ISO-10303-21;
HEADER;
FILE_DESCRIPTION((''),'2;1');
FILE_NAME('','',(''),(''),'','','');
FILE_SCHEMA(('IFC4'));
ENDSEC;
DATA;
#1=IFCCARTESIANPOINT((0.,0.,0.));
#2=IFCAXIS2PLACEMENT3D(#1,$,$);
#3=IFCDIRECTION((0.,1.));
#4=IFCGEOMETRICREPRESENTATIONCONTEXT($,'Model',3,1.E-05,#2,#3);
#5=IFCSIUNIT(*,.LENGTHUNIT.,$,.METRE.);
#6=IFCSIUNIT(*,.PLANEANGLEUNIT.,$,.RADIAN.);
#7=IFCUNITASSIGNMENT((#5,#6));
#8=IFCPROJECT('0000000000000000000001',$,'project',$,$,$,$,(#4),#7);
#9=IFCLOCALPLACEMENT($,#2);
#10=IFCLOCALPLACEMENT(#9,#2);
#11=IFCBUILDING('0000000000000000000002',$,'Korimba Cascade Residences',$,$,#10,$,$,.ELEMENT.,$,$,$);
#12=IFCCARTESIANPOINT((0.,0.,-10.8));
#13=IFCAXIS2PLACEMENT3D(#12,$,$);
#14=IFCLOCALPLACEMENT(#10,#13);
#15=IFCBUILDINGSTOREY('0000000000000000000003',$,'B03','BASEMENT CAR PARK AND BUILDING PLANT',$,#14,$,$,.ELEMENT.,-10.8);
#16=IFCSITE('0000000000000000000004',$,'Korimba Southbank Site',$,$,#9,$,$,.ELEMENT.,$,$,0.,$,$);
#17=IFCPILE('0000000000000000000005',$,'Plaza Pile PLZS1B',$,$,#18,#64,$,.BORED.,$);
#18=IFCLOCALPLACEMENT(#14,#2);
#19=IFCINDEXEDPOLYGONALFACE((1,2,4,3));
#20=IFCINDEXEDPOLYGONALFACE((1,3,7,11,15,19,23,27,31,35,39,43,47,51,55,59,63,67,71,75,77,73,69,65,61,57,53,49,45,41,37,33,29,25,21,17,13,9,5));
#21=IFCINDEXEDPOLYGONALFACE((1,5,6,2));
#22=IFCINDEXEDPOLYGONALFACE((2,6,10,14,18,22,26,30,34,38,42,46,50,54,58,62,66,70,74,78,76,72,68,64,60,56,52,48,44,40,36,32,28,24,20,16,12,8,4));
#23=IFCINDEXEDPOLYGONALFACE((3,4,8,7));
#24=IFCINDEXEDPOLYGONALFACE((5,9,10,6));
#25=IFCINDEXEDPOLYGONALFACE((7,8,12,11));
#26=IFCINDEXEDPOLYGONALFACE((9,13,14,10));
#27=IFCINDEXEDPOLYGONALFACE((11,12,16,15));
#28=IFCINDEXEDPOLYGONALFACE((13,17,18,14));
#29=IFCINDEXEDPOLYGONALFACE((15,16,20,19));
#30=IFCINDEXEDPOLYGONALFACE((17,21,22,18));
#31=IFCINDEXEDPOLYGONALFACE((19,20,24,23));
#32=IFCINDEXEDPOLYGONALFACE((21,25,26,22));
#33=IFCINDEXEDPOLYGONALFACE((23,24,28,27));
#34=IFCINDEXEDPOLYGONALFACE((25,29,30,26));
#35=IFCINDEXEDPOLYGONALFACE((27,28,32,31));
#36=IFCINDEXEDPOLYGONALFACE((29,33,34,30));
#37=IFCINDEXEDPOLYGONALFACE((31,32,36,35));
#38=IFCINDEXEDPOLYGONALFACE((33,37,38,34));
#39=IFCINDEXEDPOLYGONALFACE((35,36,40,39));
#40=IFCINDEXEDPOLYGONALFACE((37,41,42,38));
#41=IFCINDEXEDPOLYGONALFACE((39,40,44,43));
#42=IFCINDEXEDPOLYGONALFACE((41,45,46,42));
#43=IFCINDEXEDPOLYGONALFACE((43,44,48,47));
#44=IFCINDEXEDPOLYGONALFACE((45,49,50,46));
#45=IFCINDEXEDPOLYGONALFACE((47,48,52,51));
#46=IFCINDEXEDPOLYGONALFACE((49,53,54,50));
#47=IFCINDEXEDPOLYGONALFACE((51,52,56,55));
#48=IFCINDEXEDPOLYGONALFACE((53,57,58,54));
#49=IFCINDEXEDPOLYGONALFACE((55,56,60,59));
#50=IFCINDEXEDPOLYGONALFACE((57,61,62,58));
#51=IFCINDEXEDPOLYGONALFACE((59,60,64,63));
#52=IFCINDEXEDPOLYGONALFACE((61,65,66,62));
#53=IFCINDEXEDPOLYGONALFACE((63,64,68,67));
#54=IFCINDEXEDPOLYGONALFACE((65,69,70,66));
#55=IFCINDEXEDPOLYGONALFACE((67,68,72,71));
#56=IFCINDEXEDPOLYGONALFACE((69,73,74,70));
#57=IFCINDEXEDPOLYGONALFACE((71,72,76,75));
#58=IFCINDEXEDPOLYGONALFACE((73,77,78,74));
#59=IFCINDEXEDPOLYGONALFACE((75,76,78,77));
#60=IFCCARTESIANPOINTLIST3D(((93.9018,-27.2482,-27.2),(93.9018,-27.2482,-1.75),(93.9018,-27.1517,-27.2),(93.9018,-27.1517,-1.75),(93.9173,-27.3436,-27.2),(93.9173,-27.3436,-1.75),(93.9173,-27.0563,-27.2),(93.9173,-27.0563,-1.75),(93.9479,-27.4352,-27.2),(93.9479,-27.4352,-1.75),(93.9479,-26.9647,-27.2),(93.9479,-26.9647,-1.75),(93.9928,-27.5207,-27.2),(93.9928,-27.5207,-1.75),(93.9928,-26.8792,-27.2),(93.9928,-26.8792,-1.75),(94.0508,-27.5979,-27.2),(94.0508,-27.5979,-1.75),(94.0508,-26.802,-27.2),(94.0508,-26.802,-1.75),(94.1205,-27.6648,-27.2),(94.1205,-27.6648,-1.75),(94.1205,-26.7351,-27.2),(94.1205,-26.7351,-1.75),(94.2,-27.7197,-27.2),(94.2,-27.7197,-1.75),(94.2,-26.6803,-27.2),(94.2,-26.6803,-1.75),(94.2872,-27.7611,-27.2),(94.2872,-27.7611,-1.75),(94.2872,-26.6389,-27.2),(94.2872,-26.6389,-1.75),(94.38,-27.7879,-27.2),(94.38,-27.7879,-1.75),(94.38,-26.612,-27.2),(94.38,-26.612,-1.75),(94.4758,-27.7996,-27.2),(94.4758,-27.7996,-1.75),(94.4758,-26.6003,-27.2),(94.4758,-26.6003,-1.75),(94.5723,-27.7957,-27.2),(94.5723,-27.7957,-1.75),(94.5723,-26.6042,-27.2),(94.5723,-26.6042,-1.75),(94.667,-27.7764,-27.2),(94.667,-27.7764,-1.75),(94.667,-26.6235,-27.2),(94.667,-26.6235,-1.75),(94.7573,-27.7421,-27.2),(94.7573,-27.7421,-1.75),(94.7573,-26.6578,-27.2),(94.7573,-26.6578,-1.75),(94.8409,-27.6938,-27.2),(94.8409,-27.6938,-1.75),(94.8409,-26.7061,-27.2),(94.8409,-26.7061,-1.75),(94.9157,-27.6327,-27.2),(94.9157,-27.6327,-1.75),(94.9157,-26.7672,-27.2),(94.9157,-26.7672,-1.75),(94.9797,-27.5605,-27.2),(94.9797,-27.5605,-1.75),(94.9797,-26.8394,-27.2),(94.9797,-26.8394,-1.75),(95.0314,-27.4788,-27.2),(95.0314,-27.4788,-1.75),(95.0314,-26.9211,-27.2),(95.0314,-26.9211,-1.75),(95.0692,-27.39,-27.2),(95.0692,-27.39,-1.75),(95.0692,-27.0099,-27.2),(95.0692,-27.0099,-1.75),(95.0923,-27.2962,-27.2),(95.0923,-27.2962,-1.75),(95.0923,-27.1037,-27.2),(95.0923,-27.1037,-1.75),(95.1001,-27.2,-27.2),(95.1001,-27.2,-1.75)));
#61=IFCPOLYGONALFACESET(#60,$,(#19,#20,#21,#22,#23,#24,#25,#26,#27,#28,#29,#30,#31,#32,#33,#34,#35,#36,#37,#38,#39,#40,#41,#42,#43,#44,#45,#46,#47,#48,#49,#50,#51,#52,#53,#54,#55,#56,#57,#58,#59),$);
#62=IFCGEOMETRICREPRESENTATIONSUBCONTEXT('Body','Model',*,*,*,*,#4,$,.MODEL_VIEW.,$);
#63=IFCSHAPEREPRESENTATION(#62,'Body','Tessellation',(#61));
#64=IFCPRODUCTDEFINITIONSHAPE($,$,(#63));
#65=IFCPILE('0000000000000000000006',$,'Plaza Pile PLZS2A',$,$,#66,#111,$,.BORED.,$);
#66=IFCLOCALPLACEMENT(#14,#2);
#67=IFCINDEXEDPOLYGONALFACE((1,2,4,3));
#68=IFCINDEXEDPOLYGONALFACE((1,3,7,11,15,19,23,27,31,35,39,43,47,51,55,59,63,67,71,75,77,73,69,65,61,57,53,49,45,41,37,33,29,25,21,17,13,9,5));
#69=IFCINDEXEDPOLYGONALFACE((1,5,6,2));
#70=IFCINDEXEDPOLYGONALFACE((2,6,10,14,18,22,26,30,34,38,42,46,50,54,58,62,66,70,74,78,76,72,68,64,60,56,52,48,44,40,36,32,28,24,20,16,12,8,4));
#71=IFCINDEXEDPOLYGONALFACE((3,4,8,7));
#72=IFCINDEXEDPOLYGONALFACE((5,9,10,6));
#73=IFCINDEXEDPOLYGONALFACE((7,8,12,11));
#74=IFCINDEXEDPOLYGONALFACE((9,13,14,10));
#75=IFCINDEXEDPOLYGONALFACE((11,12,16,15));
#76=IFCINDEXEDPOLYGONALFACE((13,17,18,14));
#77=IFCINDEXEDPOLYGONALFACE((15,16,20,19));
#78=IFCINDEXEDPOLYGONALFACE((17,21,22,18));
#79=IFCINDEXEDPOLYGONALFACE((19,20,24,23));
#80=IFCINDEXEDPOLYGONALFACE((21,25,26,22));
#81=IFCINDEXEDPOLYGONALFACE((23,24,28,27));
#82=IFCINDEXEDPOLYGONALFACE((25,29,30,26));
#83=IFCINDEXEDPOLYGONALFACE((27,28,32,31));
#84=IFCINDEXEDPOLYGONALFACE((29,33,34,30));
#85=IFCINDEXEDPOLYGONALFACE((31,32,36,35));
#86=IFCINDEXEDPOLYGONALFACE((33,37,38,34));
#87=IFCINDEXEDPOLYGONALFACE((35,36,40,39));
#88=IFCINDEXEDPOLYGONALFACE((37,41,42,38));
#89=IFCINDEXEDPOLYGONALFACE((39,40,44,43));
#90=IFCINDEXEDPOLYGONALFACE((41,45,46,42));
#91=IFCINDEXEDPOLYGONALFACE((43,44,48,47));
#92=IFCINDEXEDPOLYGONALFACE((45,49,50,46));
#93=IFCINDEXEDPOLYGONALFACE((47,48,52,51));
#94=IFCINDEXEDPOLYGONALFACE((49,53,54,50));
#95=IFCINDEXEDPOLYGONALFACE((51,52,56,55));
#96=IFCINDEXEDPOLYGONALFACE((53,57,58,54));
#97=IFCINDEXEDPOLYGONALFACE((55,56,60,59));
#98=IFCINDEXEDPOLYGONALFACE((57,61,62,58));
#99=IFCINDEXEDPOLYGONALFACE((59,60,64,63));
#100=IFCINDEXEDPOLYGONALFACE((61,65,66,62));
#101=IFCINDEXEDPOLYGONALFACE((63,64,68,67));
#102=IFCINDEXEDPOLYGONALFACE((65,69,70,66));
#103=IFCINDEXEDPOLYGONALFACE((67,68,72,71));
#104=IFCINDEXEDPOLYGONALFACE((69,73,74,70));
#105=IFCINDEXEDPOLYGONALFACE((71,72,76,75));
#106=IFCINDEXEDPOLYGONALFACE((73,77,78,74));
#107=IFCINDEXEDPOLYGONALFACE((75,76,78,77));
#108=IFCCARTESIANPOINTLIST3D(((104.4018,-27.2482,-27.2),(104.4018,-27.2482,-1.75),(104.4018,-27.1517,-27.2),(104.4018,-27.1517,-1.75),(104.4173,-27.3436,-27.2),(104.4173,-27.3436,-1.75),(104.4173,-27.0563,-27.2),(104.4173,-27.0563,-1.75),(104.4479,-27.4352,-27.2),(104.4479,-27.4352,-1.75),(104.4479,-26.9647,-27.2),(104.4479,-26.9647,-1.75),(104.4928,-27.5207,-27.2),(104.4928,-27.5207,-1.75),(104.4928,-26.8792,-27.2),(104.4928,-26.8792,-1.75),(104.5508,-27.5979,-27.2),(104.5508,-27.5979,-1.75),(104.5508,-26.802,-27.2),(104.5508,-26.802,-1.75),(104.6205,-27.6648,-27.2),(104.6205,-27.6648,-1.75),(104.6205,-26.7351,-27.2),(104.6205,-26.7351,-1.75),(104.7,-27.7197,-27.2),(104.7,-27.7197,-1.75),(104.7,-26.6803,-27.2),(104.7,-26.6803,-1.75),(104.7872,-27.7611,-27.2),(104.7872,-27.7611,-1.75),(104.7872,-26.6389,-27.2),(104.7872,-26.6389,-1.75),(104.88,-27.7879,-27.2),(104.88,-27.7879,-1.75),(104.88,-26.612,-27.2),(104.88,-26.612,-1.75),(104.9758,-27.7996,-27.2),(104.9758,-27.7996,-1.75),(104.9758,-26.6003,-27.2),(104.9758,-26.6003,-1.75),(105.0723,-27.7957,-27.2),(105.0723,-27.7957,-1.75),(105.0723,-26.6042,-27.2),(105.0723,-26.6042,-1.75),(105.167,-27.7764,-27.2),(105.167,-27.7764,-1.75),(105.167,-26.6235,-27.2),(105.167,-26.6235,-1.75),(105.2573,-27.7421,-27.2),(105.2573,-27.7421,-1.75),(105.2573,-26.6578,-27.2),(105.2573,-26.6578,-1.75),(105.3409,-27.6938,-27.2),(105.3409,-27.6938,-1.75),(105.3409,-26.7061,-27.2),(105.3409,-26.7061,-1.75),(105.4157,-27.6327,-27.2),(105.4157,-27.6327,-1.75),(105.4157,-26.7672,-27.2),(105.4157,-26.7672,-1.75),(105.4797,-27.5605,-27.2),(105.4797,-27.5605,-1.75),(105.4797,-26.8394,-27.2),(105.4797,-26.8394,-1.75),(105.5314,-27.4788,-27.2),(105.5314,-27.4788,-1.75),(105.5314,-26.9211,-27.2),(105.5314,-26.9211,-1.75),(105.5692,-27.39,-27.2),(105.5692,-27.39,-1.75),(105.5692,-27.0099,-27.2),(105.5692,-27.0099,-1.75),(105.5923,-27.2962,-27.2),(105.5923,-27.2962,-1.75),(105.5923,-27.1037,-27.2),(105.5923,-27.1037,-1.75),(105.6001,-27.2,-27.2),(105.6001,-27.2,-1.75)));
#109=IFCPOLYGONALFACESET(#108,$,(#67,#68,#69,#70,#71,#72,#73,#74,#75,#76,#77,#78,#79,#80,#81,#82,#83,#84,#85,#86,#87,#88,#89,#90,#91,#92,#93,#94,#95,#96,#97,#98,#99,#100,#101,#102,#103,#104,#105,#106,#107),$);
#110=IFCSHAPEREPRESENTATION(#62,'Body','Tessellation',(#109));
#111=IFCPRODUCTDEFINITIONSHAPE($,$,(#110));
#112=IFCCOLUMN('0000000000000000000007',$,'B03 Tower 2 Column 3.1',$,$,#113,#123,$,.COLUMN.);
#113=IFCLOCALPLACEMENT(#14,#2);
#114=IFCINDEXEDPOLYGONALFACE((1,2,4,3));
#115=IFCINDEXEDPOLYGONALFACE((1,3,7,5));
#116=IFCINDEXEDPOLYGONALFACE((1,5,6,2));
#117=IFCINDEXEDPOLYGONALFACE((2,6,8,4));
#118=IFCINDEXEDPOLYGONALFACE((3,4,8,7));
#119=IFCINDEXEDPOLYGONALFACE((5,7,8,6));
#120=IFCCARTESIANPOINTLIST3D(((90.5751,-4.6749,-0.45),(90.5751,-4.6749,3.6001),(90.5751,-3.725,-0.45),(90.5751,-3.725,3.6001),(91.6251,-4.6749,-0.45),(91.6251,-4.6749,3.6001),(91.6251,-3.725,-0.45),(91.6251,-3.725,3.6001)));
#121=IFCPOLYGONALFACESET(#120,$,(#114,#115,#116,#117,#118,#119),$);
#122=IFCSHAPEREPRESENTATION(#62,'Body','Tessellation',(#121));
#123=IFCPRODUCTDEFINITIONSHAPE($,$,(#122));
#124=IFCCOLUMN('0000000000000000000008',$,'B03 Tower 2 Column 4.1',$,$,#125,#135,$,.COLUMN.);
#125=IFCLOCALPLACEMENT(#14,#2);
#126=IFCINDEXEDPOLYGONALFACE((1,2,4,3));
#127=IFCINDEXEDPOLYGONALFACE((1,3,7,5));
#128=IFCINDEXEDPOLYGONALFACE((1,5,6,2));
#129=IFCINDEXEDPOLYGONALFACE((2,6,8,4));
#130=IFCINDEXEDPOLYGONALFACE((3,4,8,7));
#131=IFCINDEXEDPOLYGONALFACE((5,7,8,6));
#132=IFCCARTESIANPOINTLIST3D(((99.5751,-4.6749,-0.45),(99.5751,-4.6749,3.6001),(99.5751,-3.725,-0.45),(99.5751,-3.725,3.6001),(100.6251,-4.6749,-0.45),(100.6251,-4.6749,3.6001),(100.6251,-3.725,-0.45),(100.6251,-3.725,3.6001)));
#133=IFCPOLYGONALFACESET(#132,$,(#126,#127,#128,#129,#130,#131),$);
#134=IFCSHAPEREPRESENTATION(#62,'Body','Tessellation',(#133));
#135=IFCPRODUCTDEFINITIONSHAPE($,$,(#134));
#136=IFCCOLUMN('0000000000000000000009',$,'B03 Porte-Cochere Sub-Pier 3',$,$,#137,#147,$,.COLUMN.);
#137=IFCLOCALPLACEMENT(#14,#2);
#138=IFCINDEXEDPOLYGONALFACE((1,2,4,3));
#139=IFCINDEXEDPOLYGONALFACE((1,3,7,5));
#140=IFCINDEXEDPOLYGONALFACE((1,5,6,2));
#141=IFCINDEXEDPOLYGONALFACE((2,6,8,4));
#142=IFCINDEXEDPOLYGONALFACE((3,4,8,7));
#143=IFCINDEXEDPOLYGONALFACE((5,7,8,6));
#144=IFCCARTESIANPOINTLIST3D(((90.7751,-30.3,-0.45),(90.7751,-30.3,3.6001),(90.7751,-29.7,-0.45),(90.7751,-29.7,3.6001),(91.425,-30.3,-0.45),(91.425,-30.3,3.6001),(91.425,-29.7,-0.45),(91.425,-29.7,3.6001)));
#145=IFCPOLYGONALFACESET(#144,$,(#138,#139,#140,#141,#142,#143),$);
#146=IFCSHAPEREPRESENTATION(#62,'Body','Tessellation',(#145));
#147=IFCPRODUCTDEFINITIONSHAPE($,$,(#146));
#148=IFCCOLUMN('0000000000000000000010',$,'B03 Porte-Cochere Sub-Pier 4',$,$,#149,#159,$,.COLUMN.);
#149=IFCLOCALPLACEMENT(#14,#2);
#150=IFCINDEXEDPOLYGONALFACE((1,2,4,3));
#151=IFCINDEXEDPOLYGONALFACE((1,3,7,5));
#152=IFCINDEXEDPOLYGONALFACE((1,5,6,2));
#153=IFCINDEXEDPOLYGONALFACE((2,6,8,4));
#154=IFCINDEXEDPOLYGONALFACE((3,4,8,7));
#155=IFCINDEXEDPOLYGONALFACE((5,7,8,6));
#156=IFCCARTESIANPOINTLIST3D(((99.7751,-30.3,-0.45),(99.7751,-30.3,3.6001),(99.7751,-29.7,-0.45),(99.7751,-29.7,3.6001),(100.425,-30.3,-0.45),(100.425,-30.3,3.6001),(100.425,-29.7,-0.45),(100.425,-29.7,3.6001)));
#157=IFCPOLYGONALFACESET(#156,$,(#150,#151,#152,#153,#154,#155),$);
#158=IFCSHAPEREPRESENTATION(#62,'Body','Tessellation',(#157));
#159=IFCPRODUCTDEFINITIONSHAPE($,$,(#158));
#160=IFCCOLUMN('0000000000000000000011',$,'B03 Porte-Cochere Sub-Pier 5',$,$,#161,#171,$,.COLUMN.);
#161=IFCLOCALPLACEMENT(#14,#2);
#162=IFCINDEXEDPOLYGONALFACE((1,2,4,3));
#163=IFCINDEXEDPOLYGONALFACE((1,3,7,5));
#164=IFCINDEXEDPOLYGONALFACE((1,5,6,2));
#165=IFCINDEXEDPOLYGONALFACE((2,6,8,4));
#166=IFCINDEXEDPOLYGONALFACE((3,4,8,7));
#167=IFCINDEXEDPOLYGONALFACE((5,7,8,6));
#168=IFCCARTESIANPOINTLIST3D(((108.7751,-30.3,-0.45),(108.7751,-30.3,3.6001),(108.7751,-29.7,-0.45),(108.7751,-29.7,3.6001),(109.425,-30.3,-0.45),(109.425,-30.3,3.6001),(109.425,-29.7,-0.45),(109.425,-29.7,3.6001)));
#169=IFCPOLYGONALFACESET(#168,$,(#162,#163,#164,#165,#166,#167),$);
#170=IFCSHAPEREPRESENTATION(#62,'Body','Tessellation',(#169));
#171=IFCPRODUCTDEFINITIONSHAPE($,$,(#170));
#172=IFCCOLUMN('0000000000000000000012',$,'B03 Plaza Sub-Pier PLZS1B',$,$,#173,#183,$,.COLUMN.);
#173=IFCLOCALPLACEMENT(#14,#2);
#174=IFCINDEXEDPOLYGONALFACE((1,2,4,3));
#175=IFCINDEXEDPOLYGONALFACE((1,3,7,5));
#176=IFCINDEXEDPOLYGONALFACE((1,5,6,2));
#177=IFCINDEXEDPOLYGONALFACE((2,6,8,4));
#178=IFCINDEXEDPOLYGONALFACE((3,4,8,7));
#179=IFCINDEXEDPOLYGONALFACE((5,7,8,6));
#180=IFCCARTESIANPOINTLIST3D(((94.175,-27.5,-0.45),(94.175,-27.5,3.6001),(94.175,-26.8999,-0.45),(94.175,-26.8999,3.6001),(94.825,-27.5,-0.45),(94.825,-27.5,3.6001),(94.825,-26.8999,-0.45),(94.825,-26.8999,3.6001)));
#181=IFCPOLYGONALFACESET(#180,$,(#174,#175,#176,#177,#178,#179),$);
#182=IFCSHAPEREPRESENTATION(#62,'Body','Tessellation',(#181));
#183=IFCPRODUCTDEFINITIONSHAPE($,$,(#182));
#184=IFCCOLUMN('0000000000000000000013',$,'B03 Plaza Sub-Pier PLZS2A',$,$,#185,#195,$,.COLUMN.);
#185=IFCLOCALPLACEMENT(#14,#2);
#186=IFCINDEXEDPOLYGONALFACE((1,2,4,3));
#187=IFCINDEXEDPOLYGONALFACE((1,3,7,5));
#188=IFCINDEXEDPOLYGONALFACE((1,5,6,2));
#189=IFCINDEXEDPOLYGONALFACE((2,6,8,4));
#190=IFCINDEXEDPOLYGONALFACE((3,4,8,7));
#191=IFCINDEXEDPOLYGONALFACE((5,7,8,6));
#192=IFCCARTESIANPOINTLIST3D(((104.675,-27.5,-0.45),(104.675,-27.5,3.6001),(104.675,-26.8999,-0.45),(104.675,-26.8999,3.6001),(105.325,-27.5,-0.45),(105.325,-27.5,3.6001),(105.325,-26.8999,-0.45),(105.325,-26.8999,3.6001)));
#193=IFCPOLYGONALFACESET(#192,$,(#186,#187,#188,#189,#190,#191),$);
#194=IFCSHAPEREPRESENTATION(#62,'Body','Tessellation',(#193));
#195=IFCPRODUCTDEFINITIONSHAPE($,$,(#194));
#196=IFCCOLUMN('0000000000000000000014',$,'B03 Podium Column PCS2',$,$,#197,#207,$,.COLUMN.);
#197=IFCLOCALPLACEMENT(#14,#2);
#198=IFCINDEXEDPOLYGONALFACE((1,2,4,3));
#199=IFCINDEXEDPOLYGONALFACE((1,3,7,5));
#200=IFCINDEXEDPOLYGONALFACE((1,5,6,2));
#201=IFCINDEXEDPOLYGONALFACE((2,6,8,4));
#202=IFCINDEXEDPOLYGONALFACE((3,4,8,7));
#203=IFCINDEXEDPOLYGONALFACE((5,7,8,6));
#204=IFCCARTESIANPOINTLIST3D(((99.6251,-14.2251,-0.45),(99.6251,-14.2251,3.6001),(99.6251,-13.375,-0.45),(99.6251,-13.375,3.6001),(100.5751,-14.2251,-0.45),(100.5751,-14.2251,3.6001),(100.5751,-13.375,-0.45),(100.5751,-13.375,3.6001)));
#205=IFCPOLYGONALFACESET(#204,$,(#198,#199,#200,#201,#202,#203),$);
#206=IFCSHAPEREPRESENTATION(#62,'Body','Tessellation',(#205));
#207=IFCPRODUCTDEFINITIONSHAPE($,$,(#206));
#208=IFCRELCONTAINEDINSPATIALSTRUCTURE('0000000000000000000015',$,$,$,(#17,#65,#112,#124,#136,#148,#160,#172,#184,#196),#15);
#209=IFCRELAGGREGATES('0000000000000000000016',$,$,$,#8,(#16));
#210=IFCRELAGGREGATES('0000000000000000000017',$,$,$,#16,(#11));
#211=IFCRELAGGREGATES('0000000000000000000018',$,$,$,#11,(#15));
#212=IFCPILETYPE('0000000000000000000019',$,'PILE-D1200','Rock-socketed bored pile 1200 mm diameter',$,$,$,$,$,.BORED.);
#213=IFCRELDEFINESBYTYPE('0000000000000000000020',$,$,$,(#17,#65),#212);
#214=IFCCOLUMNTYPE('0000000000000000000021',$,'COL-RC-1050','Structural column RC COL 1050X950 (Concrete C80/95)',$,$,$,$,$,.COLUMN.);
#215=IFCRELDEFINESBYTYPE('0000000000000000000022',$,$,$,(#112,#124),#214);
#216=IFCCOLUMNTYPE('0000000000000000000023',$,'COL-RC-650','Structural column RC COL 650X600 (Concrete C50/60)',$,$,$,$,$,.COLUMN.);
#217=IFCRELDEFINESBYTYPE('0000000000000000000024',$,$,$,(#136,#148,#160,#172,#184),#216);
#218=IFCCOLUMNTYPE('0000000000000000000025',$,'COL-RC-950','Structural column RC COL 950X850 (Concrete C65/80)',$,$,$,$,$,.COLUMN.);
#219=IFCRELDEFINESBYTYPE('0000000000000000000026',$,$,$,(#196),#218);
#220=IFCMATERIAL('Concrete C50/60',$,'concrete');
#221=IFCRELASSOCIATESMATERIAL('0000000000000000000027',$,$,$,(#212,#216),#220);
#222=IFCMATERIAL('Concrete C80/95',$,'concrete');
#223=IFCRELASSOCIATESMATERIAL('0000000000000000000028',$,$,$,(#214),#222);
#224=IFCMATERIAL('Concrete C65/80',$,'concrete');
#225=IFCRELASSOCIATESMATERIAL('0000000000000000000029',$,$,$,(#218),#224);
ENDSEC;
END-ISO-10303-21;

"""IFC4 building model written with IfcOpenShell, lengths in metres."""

from ifc_helpers import new_model, si_unit, direction, frame, origin, origin_2d, place, context, subcontext, project, spatial, rectangle, circle, extrude, material, material_profile, profile_set, type_object, element, save


model = new_model("IFC4")

# Units and contexts
model_context = context("Model", 3, precision=1e-05, world=origin(), true_north=direction((0.0, 1.0)))
body_context = subcontext(model_context, "Body", "Model", "MODEL_VIEW")
ifc_project = project(units=[si_unit("LENGTHUNIT", "METRE"), si_unit("PLANEANGLEUNIT", "RADIAN")], contexts=[model_context])

# Site, building, storey
site_placement = place(None, origin())
site = spatial("IfcSite", under=ifc_project, at=site_placement, Name="Korimba Southbank Site", CompositionType="ELEMENT", RefElevation=0.0)
building_placement = place(site_placement, origin())
building = spatial("IfcBuilding", under=site, at=building_placement, Name="Korimba Cascade Residences", CompositionType="ELEMENT")
storey_placement = place(building_placement, frame((0.0, 0.0, -10.8)))
storey = spatial("IfcBuildingStorey", under=building, at=storey_placement, Name="B03", Description="BASEMENT CAR PARK AND BUILDING PLANT", CompositionType="ELEMENT", Elevation=-10.8)

# Piles
ifc_material_1 = material(Name="Concrete C50/60", Category="concrete")
ifc_material_profile_1 = material_profile(ifc_material_1, circle(Radius=0.6001, at=origin_2d()), Name="Concrete C50/60")
ifc_profile_set_1 = profile_set([ifc_material_profile_1], Name="Concrete C50/60")
pile_type = type_object("IfcPileType", Name="PILE-D1200", Description="Rock-socketed bored pile 1200 mm diameter", PredefinedType="BORED", material=ifc_profile_set_1)
for number, where, z_axis, x_axis, name in (
    (1, (94.5, -27.2, -1.75), (0.0, 0.0, -1.0), (1.0, 0.0, 0.0), "Plaza Pile PLZS1B"),
    (2, (105.0, -27.2, -1.75), (0.0, 0.0, -1.0), (1.0, 0.0, 0.0), "Plaza Pile PLZS2A"),
):
    element("IfcPile", number, at=place(storey_placement, frame(where, z_axis=z_axis, x_axis=x_axis)), inside=storey, type_object=pile_type, Name=name, PredefinedType="BORED", context=body_context, shape_type="SweptSolid", body=[
        extrude(circle(Radius=0.6001, at=origin_2d()), origin(), (0.0, 0.0, 1.0), 25.45),
    ])

# Columns
ifc_material_2 = material(Name="Concrete C80/95", Category="concrete")
ifc_material_profile_2 = material_profile(ifc_material_2, rectangle(XDim=1.05, YDim=0.95, at=origin_2d()), Name="Concrete C80/95")
ifc_profile_set_2 = profile_set([ifc_material_profile_2], Name="Concrete C80/95")
column_type_1 = type_object("IfcColumnType", Name="COL-RC-1050", Description="Structural column RC COL 1050X950 (Concrete C80/95)", PredefinedType="COLUMN", material=ifc_profile_set_2)
for number, where, z_axis, x_axis, name in (
    (3, (91.1001, -4.2, -0.45), (0.0, 0.0, 1.0), (1.0, 0.0, 0.0), "B03 Tower 2 Column 3.1"),
    (4, (100.1001, -4.2, -0.45), (0.0, 0.0, 1.0), (1.0, 0.0, 0.0), "B03 Tower 2 Column 4.1"),
):
    element("IfcColumn", number, at=place(storey_placement, frame(where, z_axis=z_axis, x_axis=x_axis)), inside=storey, type_object=column_type_1, Name=name, PredefinedType="COLUMN", context=body_context, shape_type="SweptSolid", body=[
        extrude(rectangle(XDim=1.05, YDim=0.95, at=origin_2d()), origin(), (0.0, 0.0, 1.0), 4.05),
    ])
ifc_material_profile_3 = material_profile(ifc_material_1, rectangle(XDim=0.6499, YDim=0.6001, at=origin_2d()), Name="Concrete C50/60")
ifc_profile_set_3 = profile_set([ifc_material_profile_3], Name="Concrete C50/60")
column_type_2 = type_object("IfcColumnType", Name="COL-RC-650", Description="Structural column RC COL 650X600 (Concrete C50/60)", PredefinedType="COLUMN", material=ifc_profile_set_3)
for number, where, z_axis, x_axis, name in (
    (5, (91.1001, -30.0, -0.45), (0.0, 0.0, 1.0), (1.0, 0.0, 0.0), "B03 Porte-Cochere Sub-Pier 3"),
    (6, (100.1001, -30.0, -0.45), (0.0, 0.0, 1.0), (1.0, 0.0, 0.0), "B03 Porte-Cochere Sub-Pier 4"),
    (7, (109.1001, -30.0, -0.45), (0.0, 0.0, 1.0), (1.0, 0.0, 0.0), "B03 Porte-Cochere Sub-Pier 5"),
    (8, (94.5, -27.2, -0.45), (0.0, 0.0, 1.0), (1.0, 0.0, 0.0), "B03 Plaza Sub-Pier PLZS1B"),
    (9, (105.0, -27.2, -0.45), (0.0, 0.0, 1.0), (1.0, 0.0, 0.0), "B03 Plaza Sub-Pier PLZS2A"),
):
    element("IfcColumn", number, at=place(storey_placement, frame(where, z_axis=z_axis, x_axis=x_axis)), inside=storey, type_object=column_type_2, Name=name, PredefinedType="COLUMN", context=body_context, shape_type="SweptSolid", body=[
        extrude(rectangle(XDim=0.6499, YDim=0.6001, at=origin_2d()), origin(), (0.0, 0.0, 1.0), 4.05),
    ])
ifc_material_3 = material(Name="Concrete C65/80", Category="concrete")
ifc_material_profile_4 = material_profile(ifc_material_3, rectangle(XDim=0.95, YDim=0.8501, at=origin_2d()), Name="Concrete C65/80")
ifc_profile_set_4 = profile_set([ifc_material_profile_4], Name="Concrete C65/80")
column_type_3 = type_object("IfcColumnType", Name="COL-RC-950", Description="Structural column RC COL 950X850 (Concrete C65/80)", PredefinedType="COLUMN", material=ifc_profile_set_4)
for number, where, z_axis, x_axis, name in (
    (10, (100.1001, -13.8, -0.45), (0.0, 0.0, 1.0), (1.0, 0.0, 0.0), "B03 Podium Column PCS2"),
):
    element("IfcColumn", number, at=place(storey_placement, frame(where, z_axis=z_axis, x_axis=x_axis)), inside=storey, type_object=column_type_3, Name=name, PredefinedType="COLUMN", context=body_context, shape_type="SweptSolid", body=[
        extrude(rectangle(XDim=0.95, YDim=0.8501, at=origin_2d()), origin(), (0.0, 0.0, 1.0), 4.05),
    ])

save(model, "model.ifc")
